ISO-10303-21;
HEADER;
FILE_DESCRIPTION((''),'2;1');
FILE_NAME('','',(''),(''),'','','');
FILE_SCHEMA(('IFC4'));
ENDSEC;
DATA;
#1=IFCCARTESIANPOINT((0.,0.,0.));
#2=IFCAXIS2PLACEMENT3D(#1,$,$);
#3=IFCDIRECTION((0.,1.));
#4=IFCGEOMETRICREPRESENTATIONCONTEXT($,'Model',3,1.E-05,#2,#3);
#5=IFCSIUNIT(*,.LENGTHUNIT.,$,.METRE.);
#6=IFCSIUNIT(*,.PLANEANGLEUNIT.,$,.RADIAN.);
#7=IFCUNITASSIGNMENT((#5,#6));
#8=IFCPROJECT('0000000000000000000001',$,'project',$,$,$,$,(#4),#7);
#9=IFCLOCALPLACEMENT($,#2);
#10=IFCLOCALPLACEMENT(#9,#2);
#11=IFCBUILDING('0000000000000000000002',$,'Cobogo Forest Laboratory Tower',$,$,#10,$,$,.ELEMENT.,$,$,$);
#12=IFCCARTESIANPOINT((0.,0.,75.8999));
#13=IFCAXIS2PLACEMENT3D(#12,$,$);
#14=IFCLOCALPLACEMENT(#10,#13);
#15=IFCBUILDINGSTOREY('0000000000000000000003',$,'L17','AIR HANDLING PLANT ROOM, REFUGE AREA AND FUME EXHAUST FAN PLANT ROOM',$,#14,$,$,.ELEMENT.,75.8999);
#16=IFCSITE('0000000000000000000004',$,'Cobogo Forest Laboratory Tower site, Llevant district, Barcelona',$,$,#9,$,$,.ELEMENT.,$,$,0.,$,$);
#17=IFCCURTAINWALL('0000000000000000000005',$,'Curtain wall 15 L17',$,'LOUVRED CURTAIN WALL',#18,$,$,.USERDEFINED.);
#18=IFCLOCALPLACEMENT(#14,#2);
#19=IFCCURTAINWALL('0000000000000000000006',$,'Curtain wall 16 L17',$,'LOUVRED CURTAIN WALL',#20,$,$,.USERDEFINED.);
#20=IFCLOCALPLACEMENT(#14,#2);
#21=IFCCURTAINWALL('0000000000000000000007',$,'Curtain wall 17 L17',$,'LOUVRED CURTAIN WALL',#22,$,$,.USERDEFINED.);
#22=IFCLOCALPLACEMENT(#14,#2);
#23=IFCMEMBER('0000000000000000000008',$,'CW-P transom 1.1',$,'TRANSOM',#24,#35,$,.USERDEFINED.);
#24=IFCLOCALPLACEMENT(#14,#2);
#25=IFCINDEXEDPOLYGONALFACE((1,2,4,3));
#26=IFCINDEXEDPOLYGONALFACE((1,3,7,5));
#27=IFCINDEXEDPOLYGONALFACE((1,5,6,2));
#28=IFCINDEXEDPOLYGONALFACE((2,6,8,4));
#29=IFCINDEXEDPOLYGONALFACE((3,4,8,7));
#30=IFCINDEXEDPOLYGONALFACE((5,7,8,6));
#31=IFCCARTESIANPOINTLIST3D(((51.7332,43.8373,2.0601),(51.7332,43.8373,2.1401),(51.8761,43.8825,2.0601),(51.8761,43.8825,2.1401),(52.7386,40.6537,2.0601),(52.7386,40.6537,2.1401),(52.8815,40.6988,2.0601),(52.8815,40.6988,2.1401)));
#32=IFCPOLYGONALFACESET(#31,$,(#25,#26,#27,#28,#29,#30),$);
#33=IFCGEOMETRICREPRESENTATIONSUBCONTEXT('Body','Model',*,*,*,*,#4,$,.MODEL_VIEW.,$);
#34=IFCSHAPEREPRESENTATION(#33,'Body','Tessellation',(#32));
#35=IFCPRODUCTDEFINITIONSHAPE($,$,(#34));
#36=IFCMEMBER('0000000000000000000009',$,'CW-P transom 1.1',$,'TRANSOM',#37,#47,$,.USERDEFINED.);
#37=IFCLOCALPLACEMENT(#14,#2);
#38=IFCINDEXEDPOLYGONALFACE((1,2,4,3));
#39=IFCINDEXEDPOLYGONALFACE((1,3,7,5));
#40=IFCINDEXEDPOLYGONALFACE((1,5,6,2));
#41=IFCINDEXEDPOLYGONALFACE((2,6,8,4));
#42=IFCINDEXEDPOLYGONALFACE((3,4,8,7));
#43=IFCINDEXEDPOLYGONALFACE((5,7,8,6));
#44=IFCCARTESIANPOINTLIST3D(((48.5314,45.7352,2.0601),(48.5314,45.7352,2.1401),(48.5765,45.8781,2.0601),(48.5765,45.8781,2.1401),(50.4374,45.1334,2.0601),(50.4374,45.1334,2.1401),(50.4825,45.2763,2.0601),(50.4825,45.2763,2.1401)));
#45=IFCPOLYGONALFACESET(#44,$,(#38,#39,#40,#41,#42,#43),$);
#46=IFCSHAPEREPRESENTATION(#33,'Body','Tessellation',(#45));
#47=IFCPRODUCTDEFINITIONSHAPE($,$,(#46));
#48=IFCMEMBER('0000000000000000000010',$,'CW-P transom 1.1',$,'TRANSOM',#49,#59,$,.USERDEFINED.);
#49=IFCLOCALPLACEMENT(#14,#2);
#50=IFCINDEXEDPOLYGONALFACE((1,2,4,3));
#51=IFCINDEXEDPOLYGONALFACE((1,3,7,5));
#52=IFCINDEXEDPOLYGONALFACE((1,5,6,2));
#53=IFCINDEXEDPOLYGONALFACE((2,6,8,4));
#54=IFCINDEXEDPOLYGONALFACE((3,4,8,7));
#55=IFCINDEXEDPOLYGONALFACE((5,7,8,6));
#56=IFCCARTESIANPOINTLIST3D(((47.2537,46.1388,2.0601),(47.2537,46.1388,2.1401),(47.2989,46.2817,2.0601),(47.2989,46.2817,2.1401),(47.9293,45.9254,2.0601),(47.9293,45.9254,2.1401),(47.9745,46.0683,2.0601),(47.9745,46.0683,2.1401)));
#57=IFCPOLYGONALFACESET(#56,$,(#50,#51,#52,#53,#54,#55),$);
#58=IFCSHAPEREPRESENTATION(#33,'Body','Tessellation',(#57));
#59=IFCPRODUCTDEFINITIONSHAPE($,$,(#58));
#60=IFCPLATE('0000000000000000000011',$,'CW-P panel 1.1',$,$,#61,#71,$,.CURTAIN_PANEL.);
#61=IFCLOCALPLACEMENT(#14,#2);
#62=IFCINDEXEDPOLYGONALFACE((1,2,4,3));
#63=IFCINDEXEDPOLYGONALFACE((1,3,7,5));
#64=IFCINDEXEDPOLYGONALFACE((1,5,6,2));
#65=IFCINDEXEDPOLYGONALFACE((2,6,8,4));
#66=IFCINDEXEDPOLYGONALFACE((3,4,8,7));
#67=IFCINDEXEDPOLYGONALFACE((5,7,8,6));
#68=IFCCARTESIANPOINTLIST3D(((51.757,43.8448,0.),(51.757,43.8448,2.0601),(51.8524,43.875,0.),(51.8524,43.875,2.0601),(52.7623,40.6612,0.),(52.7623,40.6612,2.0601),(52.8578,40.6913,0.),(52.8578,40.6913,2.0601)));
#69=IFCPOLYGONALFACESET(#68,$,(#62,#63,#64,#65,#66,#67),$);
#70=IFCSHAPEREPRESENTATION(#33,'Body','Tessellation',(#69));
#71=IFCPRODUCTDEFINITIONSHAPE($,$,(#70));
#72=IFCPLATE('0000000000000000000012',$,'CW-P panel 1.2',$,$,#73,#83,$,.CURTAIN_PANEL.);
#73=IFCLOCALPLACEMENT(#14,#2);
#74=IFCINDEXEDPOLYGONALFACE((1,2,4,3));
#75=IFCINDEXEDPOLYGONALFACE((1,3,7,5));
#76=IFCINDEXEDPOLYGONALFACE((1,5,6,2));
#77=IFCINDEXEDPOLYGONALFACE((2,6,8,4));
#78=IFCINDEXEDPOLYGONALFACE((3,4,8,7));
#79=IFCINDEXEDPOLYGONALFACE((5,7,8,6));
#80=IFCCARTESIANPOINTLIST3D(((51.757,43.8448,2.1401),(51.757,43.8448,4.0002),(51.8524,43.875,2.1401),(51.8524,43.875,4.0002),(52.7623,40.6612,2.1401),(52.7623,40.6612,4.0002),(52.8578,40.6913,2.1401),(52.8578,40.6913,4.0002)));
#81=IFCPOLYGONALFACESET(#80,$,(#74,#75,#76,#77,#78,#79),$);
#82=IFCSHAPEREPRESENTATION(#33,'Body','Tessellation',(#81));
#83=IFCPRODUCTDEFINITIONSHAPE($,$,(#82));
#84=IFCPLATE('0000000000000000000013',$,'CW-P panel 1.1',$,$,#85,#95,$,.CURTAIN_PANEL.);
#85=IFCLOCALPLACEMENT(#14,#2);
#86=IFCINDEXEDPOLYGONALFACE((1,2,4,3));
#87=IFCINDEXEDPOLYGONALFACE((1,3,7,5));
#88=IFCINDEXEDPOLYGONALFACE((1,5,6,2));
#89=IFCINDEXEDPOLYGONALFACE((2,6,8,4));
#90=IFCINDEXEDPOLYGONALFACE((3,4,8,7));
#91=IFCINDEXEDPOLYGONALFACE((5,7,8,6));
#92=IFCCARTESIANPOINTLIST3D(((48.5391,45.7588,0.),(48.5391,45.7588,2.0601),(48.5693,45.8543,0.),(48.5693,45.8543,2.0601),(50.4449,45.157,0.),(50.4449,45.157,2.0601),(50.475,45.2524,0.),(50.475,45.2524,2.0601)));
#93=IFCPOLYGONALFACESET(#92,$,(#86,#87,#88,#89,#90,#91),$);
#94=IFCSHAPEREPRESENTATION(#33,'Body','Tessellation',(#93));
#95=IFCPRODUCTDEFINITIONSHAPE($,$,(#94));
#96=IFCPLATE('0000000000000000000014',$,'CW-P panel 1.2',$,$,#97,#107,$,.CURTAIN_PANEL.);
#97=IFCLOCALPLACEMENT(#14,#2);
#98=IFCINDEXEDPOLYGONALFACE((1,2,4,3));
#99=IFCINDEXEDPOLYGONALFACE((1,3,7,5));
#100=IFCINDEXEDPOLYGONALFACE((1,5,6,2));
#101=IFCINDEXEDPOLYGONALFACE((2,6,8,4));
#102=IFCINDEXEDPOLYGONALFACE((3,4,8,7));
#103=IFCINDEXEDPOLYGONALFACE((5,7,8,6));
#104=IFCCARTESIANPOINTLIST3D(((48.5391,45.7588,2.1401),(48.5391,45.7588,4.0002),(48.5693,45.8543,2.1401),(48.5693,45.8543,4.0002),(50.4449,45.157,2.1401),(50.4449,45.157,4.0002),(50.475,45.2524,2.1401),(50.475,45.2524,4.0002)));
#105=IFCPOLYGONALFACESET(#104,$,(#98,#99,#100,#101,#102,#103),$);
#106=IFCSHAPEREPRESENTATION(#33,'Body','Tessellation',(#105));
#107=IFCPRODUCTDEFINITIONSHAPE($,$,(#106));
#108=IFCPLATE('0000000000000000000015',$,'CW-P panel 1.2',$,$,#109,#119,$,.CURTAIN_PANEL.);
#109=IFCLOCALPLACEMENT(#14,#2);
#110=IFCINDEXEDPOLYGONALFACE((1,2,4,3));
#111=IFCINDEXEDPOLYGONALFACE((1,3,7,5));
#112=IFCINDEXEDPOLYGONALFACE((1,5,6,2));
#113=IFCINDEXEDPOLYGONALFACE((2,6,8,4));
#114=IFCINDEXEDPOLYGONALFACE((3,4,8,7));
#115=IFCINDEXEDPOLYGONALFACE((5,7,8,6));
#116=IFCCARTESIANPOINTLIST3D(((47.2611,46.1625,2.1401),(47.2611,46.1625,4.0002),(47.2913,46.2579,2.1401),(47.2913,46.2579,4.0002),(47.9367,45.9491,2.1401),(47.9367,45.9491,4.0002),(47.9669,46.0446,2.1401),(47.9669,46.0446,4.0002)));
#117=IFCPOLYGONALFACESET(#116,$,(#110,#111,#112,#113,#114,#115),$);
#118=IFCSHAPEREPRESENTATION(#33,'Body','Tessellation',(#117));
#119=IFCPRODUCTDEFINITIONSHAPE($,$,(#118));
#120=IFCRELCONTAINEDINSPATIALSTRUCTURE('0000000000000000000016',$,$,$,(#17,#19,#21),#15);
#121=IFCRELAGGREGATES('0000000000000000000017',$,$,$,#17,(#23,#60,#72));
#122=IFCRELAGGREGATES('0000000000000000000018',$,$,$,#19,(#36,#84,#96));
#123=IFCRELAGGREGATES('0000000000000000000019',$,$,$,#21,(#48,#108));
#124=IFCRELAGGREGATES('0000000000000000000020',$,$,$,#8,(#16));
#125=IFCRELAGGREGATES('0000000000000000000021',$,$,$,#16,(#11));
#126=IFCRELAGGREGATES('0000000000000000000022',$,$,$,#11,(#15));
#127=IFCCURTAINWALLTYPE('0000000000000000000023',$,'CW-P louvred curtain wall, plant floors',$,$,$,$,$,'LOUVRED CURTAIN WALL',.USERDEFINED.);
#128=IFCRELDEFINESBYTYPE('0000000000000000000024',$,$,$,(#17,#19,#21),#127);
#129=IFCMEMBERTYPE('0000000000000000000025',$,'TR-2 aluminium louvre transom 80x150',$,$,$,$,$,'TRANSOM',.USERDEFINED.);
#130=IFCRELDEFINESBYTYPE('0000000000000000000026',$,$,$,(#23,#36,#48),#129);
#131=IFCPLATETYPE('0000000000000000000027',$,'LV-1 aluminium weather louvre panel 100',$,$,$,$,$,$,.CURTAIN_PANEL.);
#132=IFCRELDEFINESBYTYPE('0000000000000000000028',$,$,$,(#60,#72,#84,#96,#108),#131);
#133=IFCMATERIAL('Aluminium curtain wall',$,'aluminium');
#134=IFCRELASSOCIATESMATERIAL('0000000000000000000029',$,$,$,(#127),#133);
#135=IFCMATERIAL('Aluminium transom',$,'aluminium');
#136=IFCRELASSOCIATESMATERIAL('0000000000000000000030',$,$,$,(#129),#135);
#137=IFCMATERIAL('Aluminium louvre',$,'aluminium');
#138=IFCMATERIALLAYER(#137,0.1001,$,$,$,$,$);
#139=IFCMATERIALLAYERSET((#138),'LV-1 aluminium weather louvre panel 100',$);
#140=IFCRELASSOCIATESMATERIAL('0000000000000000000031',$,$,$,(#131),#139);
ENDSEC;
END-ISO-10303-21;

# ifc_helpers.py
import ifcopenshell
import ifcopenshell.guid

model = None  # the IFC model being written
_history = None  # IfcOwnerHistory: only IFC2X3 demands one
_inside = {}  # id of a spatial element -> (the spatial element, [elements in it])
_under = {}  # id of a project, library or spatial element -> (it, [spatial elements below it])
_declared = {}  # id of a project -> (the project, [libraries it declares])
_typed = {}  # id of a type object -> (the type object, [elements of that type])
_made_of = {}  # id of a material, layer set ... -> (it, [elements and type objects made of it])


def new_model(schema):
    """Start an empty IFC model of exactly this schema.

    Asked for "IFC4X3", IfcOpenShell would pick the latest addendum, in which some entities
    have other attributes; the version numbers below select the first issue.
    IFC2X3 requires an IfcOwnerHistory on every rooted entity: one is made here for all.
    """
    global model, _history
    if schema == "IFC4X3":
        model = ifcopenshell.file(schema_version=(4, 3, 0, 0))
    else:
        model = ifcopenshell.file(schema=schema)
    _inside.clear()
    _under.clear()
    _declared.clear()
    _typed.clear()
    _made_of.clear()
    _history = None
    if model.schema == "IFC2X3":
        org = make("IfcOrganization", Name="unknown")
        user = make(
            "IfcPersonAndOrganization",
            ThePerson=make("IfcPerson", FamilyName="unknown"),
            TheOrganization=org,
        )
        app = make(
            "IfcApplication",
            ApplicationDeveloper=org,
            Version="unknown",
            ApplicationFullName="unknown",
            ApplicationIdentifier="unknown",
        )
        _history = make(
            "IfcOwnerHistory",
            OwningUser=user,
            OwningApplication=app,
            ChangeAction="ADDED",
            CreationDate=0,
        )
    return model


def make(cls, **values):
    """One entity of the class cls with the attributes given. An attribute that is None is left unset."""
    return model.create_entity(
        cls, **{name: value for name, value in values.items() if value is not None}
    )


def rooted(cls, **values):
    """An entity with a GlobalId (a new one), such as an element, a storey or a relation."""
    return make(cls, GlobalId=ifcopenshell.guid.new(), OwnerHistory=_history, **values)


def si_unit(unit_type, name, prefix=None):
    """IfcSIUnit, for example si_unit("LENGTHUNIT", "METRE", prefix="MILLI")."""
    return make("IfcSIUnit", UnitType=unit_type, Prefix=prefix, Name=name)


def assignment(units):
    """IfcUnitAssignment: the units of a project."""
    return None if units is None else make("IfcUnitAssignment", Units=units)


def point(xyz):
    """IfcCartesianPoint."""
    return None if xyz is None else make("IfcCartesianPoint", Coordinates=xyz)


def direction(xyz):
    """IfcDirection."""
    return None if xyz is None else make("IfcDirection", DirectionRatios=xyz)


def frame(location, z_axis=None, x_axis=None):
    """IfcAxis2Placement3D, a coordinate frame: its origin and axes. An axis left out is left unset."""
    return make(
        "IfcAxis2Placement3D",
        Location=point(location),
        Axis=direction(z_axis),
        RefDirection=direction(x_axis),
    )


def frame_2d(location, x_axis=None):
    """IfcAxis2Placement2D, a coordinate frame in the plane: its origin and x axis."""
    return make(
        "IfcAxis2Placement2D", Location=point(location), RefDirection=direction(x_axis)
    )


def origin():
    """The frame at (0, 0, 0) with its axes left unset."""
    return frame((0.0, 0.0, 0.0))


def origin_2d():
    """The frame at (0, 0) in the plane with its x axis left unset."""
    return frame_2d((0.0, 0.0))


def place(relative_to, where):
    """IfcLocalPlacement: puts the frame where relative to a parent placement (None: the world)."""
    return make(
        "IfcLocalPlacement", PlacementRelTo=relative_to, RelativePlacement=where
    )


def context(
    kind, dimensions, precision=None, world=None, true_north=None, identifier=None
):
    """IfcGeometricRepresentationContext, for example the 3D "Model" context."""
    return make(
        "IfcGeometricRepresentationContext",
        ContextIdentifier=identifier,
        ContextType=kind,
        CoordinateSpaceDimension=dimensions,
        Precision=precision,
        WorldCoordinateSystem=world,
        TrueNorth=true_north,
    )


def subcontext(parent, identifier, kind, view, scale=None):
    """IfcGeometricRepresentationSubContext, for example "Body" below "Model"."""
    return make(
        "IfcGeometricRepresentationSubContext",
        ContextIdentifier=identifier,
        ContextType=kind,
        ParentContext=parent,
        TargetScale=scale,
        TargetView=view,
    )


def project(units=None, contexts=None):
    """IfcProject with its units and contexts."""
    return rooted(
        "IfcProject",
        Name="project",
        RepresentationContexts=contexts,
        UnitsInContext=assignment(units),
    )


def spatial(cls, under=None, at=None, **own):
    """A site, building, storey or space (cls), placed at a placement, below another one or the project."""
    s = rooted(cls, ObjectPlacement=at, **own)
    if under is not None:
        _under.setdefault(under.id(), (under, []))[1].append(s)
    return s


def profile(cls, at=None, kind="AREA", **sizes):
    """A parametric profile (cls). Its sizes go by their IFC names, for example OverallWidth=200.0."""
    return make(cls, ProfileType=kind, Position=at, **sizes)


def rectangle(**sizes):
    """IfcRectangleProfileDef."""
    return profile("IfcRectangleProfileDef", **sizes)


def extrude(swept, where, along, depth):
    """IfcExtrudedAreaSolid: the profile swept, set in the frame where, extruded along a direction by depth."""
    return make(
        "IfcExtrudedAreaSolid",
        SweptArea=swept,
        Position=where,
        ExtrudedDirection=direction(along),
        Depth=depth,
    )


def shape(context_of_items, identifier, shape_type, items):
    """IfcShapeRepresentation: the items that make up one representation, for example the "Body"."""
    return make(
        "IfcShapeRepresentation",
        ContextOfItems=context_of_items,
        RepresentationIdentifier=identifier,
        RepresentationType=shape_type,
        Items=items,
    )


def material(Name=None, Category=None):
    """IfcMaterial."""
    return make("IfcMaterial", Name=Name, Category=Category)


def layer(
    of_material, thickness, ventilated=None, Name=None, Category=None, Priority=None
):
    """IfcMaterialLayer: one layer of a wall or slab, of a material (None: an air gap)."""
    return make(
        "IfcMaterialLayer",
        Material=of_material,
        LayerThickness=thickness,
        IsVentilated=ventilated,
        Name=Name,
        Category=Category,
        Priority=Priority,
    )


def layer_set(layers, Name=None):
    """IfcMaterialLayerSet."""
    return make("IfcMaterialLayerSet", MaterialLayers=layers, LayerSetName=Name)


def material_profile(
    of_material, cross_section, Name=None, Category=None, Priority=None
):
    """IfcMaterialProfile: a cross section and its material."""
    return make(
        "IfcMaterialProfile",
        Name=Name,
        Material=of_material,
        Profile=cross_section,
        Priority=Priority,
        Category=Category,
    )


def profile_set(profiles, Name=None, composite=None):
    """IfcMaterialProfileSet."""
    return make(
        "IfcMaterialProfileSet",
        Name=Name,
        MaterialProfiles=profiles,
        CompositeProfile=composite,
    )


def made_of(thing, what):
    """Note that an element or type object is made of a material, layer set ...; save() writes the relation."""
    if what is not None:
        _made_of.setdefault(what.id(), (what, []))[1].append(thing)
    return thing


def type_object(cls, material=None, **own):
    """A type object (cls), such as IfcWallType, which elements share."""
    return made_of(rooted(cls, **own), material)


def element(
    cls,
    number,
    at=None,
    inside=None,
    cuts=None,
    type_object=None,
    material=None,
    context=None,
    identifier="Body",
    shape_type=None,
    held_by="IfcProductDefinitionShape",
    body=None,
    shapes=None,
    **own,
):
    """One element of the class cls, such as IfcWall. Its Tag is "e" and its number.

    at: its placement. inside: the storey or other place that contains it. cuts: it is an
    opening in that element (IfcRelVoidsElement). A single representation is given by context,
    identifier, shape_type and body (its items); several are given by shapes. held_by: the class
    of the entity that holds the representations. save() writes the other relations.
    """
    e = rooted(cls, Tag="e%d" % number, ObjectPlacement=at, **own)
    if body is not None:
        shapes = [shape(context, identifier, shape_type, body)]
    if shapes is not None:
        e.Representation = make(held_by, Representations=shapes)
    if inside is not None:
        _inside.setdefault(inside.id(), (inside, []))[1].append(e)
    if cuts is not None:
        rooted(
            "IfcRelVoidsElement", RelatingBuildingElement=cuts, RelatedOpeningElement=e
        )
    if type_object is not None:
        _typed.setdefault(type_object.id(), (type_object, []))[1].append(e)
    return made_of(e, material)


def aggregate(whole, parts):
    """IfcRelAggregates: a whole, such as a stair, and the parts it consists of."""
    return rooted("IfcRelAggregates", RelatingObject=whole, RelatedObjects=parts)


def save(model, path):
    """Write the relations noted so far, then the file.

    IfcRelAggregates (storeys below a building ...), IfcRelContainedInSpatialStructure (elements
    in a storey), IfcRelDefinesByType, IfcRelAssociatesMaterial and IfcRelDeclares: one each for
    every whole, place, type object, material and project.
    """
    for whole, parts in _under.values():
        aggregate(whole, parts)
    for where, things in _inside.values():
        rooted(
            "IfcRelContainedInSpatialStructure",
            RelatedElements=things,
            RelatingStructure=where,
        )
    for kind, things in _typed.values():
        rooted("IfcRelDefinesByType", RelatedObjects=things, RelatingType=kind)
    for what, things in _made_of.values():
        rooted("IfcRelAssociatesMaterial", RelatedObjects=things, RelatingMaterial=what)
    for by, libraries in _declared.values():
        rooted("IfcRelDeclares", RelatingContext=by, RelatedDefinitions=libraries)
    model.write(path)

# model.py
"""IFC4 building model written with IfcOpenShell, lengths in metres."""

from ifc_helpers import new_model, si_unit, direction, frame, origin, origin_2d, place, context, subcontext, project, spatial, rectangle, extrude, material, layer, layer_set, material_profile, profile_set, type_object, element, aggregate, save


model = new_model("IFC4")

# Units and contexts
model_context = context("Model", 3, precision=1e-05, world=origin(), true_north=direction((0.0, 1.0)))
body_context = subcontext(model_context, "Body", "Model", "MODEL_VIEW")
ifc_project = project(units=[si_unit("LENGTHUNIT", "METRE"), si_unit("PLANEANGLEUNIT", "RADIAN")], contexts=[model_context])

# Site, building, storey
site_placement = place(None, origin())
site = spatial("IfcSite", under=ifc_project, at=site_placement, Name="Cobogo Forest Laboratory Tower site, Llevant district, Barcelona", CompositionType="ELEMENT", RefElevation=0.0)
building_placement = place(site_placement, origin())
building = spatial("IfcBuilding", under=site, at=building_placement, Name="Cobogo Forest Laboratory Tower", CompositionType="ELEMENT")
storey_placement = place(building_placement, frame((0.0, 0.0, 75.8999)))
storey = spatial("IfcBuildingStorey", under=building, at=storey_placement, Name="L17", Description="AIR HANDLING PLANT ROOM, REFUGE AREA AND FUME EXHAUST FAN PLANT ROOM", CompositionType="ELEMENT", Elevation=75.8999)

# Curtain walls
ifc_material_1 = material(Name="Aluminium curtain wall", Category="aluminium")
curtain_wall_type = type_object("IfcCurtainWallType", Name="CW-P louvred curtain wall, plant floors", ElementType="LOUVRED CURTAIN WALL", PredefinedType="USERDEFINED", material=ifc_material_1)
curtain_wall_1_placement = place(storey_placement, origin())
curtain_wall_1 = element("IfcCurtainWall", 1, at=curtain_wall_1_placement, inside=storey, type_object=curtain_wall_type, Name="Curtain wall 15 L17", ObjectType="LOUVRED CURTAIN WALL", PredefinedType="USERDEFINED")
curtain_wall_2_placement = place(storey_placement, origin())
curtain_wall_2 = element("IfcCurtainWall", 2, at=curtain_wall_2_placement, inside=storey, type_object=curtain_wall_type, Name="Curtain wall 16 L17", ObjectType="LOUVRED CURTAIN WALL", PredefinedType="USERDEFINED")

# Curtain wall
curtain_wall_3_placement = place(storey_placement, origin())
curtain_wall_3 = element("IfcCurtainWall", 3, at=curtain_wall_3_placement, inside=storey, type_object=curtain_wall_type, Name="Curtain wall 17 L17", ObjectType="LOUVRED CURTAIN WALL", PredefinedType="USERDEFINED")

# Members
ifc_material_2 = material(Name="Aluminium transom", Category="aluminium")
ifc_material_profile_1 = material_profile(ifc_material_2, rectangle(XDim=0.1499, YDim=0.0801, at=origin_2d()), Name="AL 80x150")
ifc_profile_set_1 = profile_set([ifc_material_profile_1], Name="Aluminium transom")
member_type_1 = type_object("IfcMemberType", Name="TR-2 aluminium louvre transom 80x150", ElementType="TRANSOM", PredefinedType="USERDEFINED", material=ifc_profile_set_1)
member_1_placement = place(storey_placement, frame((52.8101, 40.6763, 2.1001), z_axis=(-0.301138, 0.95358, 0.0), x_axis=(-0.95358, -0.301138, 0.0)))
member_1 = element("IfcMember", 4, at=member_1_placement, type_object=member_type_1, Name="CW-P transom 1.1", ObjectType="TRANSOM", PredefinedType="USERDEFINED", context=body_context, shape_type="SweptSolid", body=[
    extrude(rectangle(XDim=0.1499, YDim=0.0801, at=origin_2d()), origin(), (0.0, 0.0, 1.0), 3.3386),
])
member_2_placement = place(storey_placement, frame((50.46, 45.2048, 2.1001), z_axis=(-0.953596, 0.30109, 0.0), x_axis=(-0.30109, -0.953596, 0.0)))
member_2 = element("IfcMember", 5, at=member_2_placement, type_object=member_type_1, Name="CW-P transom 1.1", ObjectType="TRANSOM", PredefinedType="USERDEFINED", context=body_context, shape_type="SweptSolid", body=[
    extrude(rectangle(XDim=0.1499, YDim=0.0801, at=origin_2d()), origin(), (0.0, 0.0, 1.0), 1.9988),
])
member_3_placement = place(storey_placement, frame((47.9519, 45.9968, 2.1001), z_axis=(-0.953562, 0.301197, 0.0), x_axis=(-0.301197, -0.953562, 0.0)))
member_3 = element("IfcMember", 6, at=member_3_placement, type_object=member_type_1, Name="CW-P transom 1.1", ObjectType="TRANSOM", PredefinedType="USERDEFINED", context=body_context, shape_type="SweptSolid", body=[
    extrude(rectangle(XDim=0.1499, YDim=0.0801, at=origin_2d()), origin(), (0.0, 0.0, 1.0), 0.7085),
])

# Plates
ifc_material_3 = material(Name="Aluminium louvre", Category="aluminium")
ifc_layer = layer(ifc_material_3, 0.1001)
ifc_layer_set = layer_set([ifc_layer], Name="LV-1 aluminium weather louvre panel 100")
plate_type = type_object("IfcPlateType", Name="LV-1 aluminium weather louvre panel 100", PredefinedType="CURTAIN_PANEL", material=ifc_layer_set)
plate_1_placement = place(storey_placement, frame((52.3074, 42.2681, 0.0), z_axis=(0.0, 0.0, 1.0), x_axis=(-0.301136, 0.953581, 0.0)))
plate_1 = element("IfcPlate", 7, at=plate_1_placement, type_object=plate_type, Name="CW-P panel 1.1", PredefinedType="CURTAIN_PANEL", context=body_context, shape_type="SweptSolid", body=[
    extrude(rectangle(XDim=3.3386, YDim=0.1001, at=origin_2d()), origin(), (0.0, 0.0, 1.0), 2.0601),
])
plate_2_placement = place(storey_placement, frame((52.3074, 42.2681, 2.1401), z_axis=(0.0, 0.0, 1.0), x_axis=(-0.301136, 0.953581, 0.0)))
plate_2 = element("IfcPlate", 8, at=plate_2_placement, type_object=plate_type, Name="CW-P panel 1.2", PredefinedType="CURTAIN_PANEL", context=body_context, shape_type="SweptSolid", body=[
    extrude(rectangle(XDim=3.3386, YDim=0.1001, at=origin_2d()), origin(), (0.0, 0.0, 1.0), 1.8601),
])
aggregate(curtain_wall_1, [member_1, plate_1, plate_2])
plate_3_placement = place(storey_placement, frame((49.5071, 45.5056, 0.0), z_axis=(0.0, 0.0, 1.0), x_axis=(-0.953581, 0.301136, 0.0)))
plate_3 = element("IfcPlate", 9, at=plate_3_placement, type_object=plate_type, Name="CW-P panel 1.1", PredefinedType="CURTAIN_PANEL", context=body_context, shape_type="SweptSolid", body=[
    extrude(rectangle(XDim=1.9985, YDim=0.1001, at=origin_2d()), origin(), (0.0, 0.0, 1.0), 2.0601),
])
plate_4_placement = place(storey_placement, frame((49.5071, 45.5056, 2.1401), z_axis=(0.0, 0.0, 1.0), x_axis=(-0.953581, 0.301136, 0.0)))
plate_4 = element("IfcPlate", 10, at=plate_4_placement, type_object=plate_type, Name="CW-P panel 1.2", PredefinedType="CURTAIN_PANEL", context=body_context, shape_type="SweptSolid", body=[
    extrude(rectangle(XDim=1.9985, YDim=0.1001, at=origin_2d()), origin(), (0.0, 0.0, 1.0), 1.8601),
])
aggregate(curtain_wall_2, [member_2, plate_3, plate_4])
plate_5_placement = place(storey_placement, frame((47.614, 46.1035, 2.1401), z_axis=(0.0, 0.0, 1.0), x_axis=(-0.953581, 0.301136, 0.0)))
plate_5 = element("IfcPlate", 11, at=plate_5_placement, type_object=plate_type, Name="CW-P panel 1.2", PredefinedType="CURTAIN_PANEL", context=body_context, shape_type="SweptSolid", body=[
    extrude(rectangle(XDim=0.7085, YDim=0.1001, at=origin_2d()), origin(), (0.0, 0.0, 1.0), 1.8601),
])
aggregate(curtain_wall_3, [member_3, plate_5])

save(model, "model.ifc")
